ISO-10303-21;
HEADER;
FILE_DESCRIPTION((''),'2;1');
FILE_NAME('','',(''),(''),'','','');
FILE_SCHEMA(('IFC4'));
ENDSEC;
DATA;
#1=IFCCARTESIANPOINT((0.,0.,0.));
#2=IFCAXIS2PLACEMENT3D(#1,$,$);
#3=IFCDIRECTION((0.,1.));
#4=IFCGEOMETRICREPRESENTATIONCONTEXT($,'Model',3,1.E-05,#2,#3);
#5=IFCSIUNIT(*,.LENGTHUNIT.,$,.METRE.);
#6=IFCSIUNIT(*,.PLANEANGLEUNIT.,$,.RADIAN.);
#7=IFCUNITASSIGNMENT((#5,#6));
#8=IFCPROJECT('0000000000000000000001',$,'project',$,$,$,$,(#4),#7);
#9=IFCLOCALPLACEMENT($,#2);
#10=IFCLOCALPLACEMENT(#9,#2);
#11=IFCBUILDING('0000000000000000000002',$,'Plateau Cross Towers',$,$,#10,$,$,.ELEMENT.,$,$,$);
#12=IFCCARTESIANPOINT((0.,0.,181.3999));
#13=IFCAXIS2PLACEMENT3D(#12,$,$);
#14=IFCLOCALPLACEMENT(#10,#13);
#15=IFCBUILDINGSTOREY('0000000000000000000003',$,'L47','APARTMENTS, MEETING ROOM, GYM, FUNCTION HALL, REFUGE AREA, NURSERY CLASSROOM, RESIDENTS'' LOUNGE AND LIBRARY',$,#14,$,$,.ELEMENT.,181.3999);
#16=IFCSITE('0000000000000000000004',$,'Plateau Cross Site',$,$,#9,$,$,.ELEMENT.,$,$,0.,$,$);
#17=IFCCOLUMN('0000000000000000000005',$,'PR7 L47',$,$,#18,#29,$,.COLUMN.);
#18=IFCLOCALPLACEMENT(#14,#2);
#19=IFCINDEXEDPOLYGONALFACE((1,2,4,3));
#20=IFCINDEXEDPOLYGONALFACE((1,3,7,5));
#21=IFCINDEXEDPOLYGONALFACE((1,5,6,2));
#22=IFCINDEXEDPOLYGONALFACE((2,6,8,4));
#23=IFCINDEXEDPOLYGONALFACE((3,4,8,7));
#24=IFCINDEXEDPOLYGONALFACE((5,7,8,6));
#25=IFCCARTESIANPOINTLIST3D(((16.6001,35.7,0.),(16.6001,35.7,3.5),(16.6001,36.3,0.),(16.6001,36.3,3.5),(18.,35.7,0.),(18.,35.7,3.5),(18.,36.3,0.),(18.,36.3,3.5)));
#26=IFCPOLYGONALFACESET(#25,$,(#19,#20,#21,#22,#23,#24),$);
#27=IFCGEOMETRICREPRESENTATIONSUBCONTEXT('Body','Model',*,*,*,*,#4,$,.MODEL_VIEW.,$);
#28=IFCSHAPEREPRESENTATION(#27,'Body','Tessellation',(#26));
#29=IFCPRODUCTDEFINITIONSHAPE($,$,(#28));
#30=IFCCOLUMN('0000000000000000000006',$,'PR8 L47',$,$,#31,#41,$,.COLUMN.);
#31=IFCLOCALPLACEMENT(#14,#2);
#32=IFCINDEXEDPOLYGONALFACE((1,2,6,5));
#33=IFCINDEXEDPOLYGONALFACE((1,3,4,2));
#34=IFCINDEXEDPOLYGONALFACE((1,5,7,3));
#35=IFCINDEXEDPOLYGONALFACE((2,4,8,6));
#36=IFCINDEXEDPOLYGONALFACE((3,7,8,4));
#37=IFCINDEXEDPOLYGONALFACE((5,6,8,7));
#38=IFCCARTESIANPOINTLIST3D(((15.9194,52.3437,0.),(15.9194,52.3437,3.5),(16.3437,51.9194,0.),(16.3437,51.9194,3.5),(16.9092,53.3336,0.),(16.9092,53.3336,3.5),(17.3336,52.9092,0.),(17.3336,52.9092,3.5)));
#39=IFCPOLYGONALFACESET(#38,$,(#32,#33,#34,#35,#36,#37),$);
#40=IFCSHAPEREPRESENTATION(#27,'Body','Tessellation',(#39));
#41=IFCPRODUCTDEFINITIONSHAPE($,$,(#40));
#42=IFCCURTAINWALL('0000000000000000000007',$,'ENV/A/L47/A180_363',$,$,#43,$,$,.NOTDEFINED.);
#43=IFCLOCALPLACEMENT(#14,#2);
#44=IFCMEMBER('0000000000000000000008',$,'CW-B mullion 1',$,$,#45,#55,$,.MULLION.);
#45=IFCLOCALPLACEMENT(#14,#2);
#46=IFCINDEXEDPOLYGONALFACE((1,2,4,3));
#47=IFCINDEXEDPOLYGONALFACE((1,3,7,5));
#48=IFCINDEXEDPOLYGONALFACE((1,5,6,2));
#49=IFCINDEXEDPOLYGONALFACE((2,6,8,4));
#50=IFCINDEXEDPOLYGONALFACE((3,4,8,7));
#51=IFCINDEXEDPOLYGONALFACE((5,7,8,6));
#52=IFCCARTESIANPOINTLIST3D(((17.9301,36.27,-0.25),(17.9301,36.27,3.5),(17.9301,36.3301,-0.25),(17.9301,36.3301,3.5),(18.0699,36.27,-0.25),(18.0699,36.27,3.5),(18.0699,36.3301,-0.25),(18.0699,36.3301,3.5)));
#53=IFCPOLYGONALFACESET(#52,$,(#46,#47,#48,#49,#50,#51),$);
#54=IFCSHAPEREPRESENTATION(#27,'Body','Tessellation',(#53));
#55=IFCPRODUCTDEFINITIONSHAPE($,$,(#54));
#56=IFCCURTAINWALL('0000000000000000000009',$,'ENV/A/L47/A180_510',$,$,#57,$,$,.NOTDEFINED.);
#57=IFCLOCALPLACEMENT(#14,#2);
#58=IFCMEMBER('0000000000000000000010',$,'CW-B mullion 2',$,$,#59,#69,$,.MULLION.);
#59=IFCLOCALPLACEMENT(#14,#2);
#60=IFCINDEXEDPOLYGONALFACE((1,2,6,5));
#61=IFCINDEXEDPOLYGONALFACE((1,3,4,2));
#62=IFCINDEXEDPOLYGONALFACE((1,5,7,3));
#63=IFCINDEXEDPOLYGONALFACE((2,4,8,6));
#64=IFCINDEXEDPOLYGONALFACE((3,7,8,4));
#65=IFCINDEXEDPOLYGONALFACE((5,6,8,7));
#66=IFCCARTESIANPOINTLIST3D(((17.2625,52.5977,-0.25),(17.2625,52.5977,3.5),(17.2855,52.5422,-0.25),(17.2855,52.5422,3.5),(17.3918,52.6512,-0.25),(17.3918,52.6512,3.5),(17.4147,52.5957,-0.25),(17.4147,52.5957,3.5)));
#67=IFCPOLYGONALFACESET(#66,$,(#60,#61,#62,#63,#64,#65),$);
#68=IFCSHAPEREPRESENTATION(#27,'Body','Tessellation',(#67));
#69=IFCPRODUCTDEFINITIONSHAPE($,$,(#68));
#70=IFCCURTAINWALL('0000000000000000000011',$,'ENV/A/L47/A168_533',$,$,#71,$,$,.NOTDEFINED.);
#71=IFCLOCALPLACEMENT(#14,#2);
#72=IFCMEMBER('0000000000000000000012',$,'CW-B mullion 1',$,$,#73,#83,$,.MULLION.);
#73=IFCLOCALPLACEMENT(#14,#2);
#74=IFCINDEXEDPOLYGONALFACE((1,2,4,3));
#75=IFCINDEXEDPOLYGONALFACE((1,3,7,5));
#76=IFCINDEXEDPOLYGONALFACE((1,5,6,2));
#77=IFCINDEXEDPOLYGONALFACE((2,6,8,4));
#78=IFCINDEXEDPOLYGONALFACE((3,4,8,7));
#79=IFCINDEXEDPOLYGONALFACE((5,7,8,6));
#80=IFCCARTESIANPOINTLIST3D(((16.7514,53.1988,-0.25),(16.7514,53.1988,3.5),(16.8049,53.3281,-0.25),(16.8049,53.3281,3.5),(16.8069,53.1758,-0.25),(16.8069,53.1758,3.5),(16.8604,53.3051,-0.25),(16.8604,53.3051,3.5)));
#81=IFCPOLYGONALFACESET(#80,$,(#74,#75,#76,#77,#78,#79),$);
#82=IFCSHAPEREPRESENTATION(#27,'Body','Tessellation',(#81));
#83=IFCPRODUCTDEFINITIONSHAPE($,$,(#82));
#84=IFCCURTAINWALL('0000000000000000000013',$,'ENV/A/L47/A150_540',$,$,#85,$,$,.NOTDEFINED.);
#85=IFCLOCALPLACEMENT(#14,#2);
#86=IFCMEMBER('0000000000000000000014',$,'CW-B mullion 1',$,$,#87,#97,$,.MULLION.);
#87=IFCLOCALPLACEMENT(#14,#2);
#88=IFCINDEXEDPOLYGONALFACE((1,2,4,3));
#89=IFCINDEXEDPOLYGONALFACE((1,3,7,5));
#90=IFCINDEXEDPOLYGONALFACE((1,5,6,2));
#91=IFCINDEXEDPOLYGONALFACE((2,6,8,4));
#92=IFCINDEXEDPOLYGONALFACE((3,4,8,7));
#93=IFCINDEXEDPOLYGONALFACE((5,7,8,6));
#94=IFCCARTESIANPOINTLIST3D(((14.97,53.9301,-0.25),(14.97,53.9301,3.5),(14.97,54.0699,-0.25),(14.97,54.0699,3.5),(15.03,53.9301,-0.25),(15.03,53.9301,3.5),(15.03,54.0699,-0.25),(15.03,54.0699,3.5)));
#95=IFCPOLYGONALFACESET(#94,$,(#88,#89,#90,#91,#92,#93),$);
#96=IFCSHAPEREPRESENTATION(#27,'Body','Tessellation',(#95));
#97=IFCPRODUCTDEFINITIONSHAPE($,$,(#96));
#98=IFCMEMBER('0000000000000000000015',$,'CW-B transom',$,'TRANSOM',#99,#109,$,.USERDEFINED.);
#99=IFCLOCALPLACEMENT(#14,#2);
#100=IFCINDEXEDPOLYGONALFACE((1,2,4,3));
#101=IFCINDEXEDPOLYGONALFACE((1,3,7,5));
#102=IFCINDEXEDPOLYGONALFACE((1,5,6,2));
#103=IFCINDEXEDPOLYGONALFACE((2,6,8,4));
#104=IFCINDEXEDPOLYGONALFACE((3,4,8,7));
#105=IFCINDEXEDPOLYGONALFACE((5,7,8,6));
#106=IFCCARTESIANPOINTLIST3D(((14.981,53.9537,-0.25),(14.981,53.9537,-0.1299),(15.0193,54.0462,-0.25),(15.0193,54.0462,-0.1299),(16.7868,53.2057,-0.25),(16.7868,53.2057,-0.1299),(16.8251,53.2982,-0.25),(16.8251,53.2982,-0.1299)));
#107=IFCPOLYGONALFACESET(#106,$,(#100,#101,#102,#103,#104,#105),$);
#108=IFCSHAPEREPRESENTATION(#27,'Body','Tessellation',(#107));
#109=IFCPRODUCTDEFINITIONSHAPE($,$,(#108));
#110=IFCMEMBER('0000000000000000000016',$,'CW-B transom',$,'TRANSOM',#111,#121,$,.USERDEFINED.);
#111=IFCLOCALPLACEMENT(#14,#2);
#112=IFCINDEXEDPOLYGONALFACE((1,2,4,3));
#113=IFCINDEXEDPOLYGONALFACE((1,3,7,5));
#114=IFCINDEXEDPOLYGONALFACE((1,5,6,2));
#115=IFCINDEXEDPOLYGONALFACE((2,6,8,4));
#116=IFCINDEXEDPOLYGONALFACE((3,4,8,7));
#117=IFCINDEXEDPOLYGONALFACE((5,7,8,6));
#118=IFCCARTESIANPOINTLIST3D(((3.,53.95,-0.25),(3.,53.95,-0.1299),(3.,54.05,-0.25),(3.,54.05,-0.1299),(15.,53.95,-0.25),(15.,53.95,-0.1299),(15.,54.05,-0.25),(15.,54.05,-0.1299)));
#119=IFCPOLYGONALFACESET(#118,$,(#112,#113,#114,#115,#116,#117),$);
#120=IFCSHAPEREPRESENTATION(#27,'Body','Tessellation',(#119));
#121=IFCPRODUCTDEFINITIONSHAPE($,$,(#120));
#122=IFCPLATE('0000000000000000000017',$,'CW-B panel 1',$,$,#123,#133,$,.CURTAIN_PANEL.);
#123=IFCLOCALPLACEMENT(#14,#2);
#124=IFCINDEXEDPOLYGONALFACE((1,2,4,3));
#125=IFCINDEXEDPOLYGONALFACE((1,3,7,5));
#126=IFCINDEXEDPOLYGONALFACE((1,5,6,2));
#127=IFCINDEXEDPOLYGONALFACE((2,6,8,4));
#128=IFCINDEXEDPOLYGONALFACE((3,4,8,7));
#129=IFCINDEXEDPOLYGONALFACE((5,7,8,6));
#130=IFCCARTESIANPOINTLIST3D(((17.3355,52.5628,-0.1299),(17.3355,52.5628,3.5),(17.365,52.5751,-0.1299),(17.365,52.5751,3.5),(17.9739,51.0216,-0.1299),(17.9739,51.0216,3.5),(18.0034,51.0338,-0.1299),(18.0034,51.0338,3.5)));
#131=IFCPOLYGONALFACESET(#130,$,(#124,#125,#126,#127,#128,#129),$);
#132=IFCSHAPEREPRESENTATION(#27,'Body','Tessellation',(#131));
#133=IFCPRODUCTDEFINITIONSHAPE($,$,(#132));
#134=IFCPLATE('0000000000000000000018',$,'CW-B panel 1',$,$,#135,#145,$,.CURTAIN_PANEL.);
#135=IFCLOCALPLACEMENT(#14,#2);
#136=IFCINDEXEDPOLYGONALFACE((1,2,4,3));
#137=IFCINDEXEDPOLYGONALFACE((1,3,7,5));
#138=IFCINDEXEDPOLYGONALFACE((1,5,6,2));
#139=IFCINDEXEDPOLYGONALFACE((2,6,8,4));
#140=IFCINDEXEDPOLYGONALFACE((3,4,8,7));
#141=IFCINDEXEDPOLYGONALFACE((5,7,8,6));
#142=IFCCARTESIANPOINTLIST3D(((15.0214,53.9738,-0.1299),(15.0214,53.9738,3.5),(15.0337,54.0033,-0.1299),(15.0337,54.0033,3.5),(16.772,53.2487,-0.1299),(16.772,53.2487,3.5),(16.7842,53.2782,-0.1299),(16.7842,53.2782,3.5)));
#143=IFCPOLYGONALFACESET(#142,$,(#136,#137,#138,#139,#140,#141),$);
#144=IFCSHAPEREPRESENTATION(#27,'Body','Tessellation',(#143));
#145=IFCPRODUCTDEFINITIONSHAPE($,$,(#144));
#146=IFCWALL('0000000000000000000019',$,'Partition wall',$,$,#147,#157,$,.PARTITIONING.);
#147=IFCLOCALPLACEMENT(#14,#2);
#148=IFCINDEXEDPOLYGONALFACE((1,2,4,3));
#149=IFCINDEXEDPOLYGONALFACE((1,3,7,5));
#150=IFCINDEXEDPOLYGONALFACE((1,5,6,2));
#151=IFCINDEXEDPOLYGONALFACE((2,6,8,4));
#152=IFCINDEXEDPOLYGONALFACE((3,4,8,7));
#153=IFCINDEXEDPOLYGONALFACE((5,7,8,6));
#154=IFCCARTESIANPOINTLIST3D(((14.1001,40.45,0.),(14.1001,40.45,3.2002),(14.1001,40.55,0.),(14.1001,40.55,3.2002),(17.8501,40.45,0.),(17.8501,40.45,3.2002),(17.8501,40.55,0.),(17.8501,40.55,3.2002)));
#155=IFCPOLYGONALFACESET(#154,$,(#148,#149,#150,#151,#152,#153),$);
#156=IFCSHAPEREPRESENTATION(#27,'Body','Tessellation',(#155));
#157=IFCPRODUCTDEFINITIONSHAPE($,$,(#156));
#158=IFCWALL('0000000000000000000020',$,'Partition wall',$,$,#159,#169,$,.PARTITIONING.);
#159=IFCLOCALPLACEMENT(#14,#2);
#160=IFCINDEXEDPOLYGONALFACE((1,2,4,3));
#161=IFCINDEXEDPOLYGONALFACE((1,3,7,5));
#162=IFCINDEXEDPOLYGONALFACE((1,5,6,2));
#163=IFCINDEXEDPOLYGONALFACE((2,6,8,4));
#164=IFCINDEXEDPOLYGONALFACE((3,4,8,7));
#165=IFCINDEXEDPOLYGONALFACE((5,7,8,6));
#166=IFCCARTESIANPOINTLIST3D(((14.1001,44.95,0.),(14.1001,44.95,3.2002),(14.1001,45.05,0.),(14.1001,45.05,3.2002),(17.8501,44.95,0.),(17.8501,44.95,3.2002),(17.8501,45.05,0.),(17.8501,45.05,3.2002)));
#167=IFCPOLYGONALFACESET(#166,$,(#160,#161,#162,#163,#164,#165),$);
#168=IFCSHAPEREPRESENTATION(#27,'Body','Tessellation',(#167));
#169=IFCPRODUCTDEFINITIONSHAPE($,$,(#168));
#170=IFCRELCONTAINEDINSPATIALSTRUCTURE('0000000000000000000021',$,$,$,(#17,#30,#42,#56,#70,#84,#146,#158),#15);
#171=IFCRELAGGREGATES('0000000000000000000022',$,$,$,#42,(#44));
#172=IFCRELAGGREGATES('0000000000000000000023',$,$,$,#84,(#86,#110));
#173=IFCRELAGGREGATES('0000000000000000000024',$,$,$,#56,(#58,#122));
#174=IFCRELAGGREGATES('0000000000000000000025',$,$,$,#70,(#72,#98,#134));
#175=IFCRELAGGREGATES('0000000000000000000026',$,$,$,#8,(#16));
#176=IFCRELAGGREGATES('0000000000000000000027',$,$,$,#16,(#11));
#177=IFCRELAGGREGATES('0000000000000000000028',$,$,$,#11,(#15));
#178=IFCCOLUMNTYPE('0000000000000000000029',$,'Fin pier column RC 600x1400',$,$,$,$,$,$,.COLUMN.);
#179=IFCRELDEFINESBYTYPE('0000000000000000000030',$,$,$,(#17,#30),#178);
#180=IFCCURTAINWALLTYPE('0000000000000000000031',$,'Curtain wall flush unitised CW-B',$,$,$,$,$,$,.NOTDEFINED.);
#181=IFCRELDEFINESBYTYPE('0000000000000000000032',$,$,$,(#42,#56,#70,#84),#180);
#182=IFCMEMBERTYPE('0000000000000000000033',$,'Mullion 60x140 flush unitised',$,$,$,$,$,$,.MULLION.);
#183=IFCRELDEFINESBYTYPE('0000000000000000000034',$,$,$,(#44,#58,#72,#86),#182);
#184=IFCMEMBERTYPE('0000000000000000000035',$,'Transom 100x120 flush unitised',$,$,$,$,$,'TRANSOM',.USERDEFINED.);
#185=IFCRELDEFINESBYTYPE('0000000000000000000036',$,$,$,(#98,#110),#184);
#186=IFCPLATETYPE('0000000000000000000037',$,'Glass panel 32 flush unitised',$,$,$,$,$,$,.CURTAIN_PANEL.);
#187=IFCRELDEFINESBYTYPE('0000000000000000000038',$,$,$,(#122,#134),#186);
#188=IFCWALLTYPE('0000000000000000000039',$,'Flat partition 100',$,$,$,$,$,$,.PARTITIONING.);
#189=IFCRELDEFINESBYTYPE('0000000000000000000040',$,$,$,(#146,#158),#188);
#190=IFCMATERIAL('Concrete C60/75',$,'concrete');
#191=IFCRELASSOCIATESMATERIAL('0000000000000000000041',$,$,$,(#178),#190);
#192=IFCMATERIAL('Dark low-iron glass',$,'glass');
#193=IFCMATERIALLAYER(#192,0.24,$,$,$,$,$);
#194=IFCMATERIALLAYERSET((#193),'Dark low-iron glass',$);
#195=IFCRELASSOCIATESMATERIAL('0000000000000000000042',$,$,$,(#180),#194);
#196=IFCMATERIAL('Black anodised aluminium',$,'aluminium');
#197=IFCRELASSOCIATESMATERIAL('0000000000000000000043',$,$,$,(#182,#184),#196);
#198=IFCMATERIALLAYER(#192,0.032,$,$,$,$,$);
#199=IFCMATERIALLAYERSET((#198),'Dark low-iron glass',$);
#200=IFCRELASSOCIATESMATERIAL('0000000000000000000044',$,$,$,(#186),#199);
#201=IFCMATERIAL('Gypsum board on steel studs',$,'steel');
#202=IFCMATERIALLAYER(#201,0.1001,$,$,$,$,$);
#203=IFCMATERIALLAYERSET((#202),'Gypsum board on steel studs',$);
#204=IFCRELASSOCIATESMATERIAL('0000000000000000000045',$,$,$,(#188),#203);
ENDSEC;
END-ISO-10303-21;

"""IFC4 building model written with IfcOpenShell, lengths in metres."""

from ifc_helpers import new_model, si_unit, direction, frame, frame_2d, origin, origin_2d, place, context, subcontext, project, spatial, rectangle, extrude, material, layer, layer_set, material_profile, profile_set, type_object, element, aggregate, save


model = new_model("IFC4")

# Units and contexts
model_context = context("Model", 3, precision=1e-05, world=origin(), true_north=direction((0.0, 1.0)))
body_context = subcontext(model_context, "Body", "Model", "MODEL_VIEW")
ifc_project = project(units=[si_unit("LENGTHUNIT", "METRE"), si_unit("PLANEANGLEUNIT", "RADIAN")], contexts=[model_context])

# Site, building, storey
site_placement = place(None, origin())
site = spatial("IfcSite", under=ifc_project, at=site_placement, Name="Plateau Cross Site", CompositionType="ELEMENT", RefElevation=0.0)
building_placement = place(site_placement, origin())
building = spatial("IfcBuilding", under=site, at=building_placement, Name="Plateau Cross Towers", CompositionType="ELEMENT")
storey_placement = place(building_placement, frame((0.0, 0.0, 181.3999)))
storey = spatial("IfcBuildingStorey", under=building, at=storey_placement, Name="L47", Description="APARTMENTS, MEETING ROOM, GYM, FUNCTION HALL, REFUGE AREA, NURSERY CLASSROOM, RESIDENTS' LOUNGE AND LIBRARY", CompositionType="ELEMENT", Elevation=181.3999)

# Columns
ifc_material_1 = material(Name="Concrete C60/75", Category="concrete")
ifc_material_profile_1 = material_profile(ifc_material_1, rectangle(XDim=0.6001, YDim=1.3999, at=origin_2d()), Name="RC 600x1400")
ifc_profile_set_1 = profile_set([ifc_material_profile_1], Name="Concrete C60/75")
column_type = type_object("IfcColumnType", Name="Fin pier column RC 600x1400", PredefinedType="COLUMN", material=ifc_profile_set_1)
for number, where, z_axis, x_axis, name in (
    (1, (17.3, 36.0, 0.0), (0.0, 0.0, 1.0), (0.0, 1.0, 0.0), "PR7 L47"),
    (2, (16.6265, 52.6265, 0.0), (0.0, 0.0, 1.0), (-0.707107, 0.707107, 0.0), "PR8 L47"),
):
    element("IfcColumn", number, at=place(storey_placement, frame(where, z_axis=z_axis, x_axis=x_axis)), inside=storey, type_object=column_type, Name=name, PredefinedType="COLUMN", context=body_context, shape_type="SweptSolid", body=[
        extrude(rectangle(XDim=0.6001, YDim=1.3999, at=origin_2d()), origin(), (0.0, 0.0, 1.0), 3.5),
    ])

# Curtain walls, members
ifc_material_2 = material(Name="Dark low-iron glass", Category="glass")
ifc_layer_1 = layer(ifc_material_2, 0.24)
ifc_layer_set_1 = layer_set([ifc_layer_1], Name="Dark low-iron glass")
curtain_wall_type = type_object("IfcCurtainWallType", Name="Curtain wall flush unitised CW-B", PredefinedType="NOTDEFINED", material=ifc_layer_set_1)
curtain_wall_1_placement = place(storey_placement, origin())
curtain_wall_1 = element("IfcCurtainWall", 3, at=curtain_wall_1_placement, inside=storey, type_object=curtain_wall_type, Name="ENV/A/L47/A180_363", PredefinedType="NOTDEFINED")
ifc_material_3 = material(Name="Black anodised aluminium", Category="aluminium")
ifc_material_profile_2 = material_profile(ifc_material_3, rectangle(XDim=0.0601, YDim=0.1399, at=origin_2d()), Name="MULLION 60x140")
ifc_profile_set_2 = profile_set([ifc_material_profile_2], Name="Black anodised aluminium")
member_type_1 = type_object("IfcMemberType", Name="Mullion 60x140 flush unitised", PredefinedType="MULLION", material=ifc_profile_set_2)
member_1_placement = place(storey_placement, frame((18.0, 36.3, -0.25), z_axis=(0.0, 0.0, 1.0), x_axis=(0.0, 1.0, 0.0)))
member_1 = element("IfcMember", 4, at=member_1_placement, type_object=member_type_1, Name="CW-B mullion 1", PredefinedType="MULLION", context=body_context, shape_type="SweptSolid", body=[
    extrude(rectangle(XDim=0.0601, YDim=0.1399, at=origin_2d()), origin(), (0.0, 0.0, 1.0), 3.75),
])
aggregate(curtain_wall_1, [member_1])
curtain_wall_2_placement = place(storey_placement, origin())
curtain_wall_2 = element("IfcCurtainWall", 5, at=curtain_wall_2_placement, inside=storey, type_object=curtain_wall_type, Name="ENV/A/L47/A180_510", PredefinedType="NOTDEFINED")
member_2_placement = place(storey_placement, frame((17.3386, 52.5967, -0.25), z_axis=(0.0, 0.0, 1.0), x_axis=(-0.382684, 0.923879, 0.0)))
member_2 = element("IfcMember", 6, at=member_2_placement, type_object=member_type_1, Name="CW-B mullion 2", PredefinedType="MULLION", context=body_context, shape_type="SweptSolid", body=[
    extrude(rectangle(XDim=0.0601, YDim=0.1399, at=origin_2d()), origin(), (0.0, 0.0, 1.0), 3.75),
])
curtain_wall_3_placement = place(storey_placement, origin())
curtain_wall_3 = element("IfcCurtainWall", 7, at=curtain_wall_3_placement, inside=storey, type_object=curtain_wall_type, Name="ENV/A/L47/A168_533", PredefinedType="NOTDEFINED")
member_3_placement = place(storey_placement, frame((16.8059, 53.252, -0.25), z_axis=(0.0, 0.0, 1.0), x_axis=(-0.923879, 0.382684, 0.0)))
member_3 = element("IfcMember", 8, at=member_3_placement, type_object=member_type_1, Name="CW-B mullion 1", PredefinedType="MULLION", context=body_context, shape_type="SweptSolid", body=[
    extrude(rectangle(XDim=0.0601, YDim=0.1399, at=origin_2d()), origin(), (0.0, 0.0, 1.0), 3.75),
])
curtain_wall_4_placement = place(storey_placement, origin())
curtain_wall_4 = element("IfcCurtainWall", 9, at=curtain_wall_4_placement, inside=storey, type_object=curtain_wall_type, Name="ENV/A/L47/A150_540", PredefinedType="NOTDEFINED")
member_4_placement = place(storey_placement, frame((15.0, 54.0, -0.25), z_axis=(0.0, 0.0, 1.0), x_axis=(-1.0, 0.0, 0.0)))
member_4 = element("IfcMember", 10, at=member_4_placement, type_object=member_type_1, Name="CW-B mullion 1", PredefinedType="MULLION", context=body_context, shape_type="SweptSolid", body=[
    extrude(rectangle(XDim=0.0601, YDim=0.1399, at=origin_2d()), origin(), (0.0, 0.0, 1.0), 3.75),
])

# Members
ifc_material_profile_3 = material_profile(ifc_material_3, rectangle(XDim=0.1001, YDim=0.1201, at=origin_2d()), Name="TRANSOM 100x120")
ifc_profile_set_3 = profile_set([ifc_material_profile_3], Name="Black anodised aluminium")
member_type_2 = type_object("IfcMemberType", Name="Transom 100x120 flush unitised", ElementType="TRANSOM", PredefinedType="USERDEFINED", material=ifc_profile_set_3)
member_5_placement = place(storey_placement, frame((16.8059, 53.252, -0.1899), z_axis=(-0.923877, 0.38269, 0.0), x_axis=(-0.38269, -0.923877, 0.0)))
member_5 = element("IfcMember", 11, at=member_5_placement, type_object=member_type_2, Name="CW-B transom", ObjectType="TRANSOM", PredefinedType="USERDEFINED", context=body_context, shape_type="SweptSolid", body=[
    extrude(rectangle(XDim=0.1001, YDim=0.1201, at=origin_2d()), origin(), (0.0, 0.0, 1.0), 1.9546),
])
member_6_placement = place(storey_placement, frame((15.0, 54.0, -0.1899), z_axis=(-1.0, 0.0, 0.0), x_axis=(0.0, -1.0, 0.0)))
member_6 = element("IfcMember", 12, at=member_6_placement, type_object=member_type_2, Name="CW-B transom", ObjectType="TRANSOM", PredefinedType="USERDEFINED", context=body_context, shape_type="SweptSolid", body=[
    extrude(rectangle(XDim=0.1001, YDim=0.1201, at=origin_2d()), origin(), (0.0, 0.0, 1.0), 12.0),
])
aggregate(curtain_wall_4, [member_4, member_6])

# Plates
ifc_layer_2 = layer(ifc_material_2, 0.032)
ifc_layer_set_2 = layer_set([ifc_layer_2], Name="Dark low-iron glass")
plate_type = type_object("IfcPlateType", Name="Glass panel 32 flush unitised", PredefinedType="CURTAIN_PANEL", material=ifc_layer_set_2)
plate_1_placement = place(storey_placement, frame((17.6694, 51.7983, -0.1299), z_axis=(0.0, 0.0, 1.0), x_axis=(-0.382684, 0.923879, 0.0)))
plate_1 = element("IfcPlate", 13, at=plate_1_placement, type_object=plate_type, Name="CW-B panel 1", PredefinedType="CURTAIN_PANEL", context=body_context, shape_type="SweptSolid", body=[
    extrude(rectangle(XDim=1.6682, YDim=0.032, at=origin_2d()), origin(), (0.0, 0.0, 1.0), 3.6299),
])
aggregate(curtain_wall_2, [member_2, plate_1])
plate_2_placement = place(storey_placement, frame((15.9028, 53.626, -0.1299), z_axis=(0.0, 0.0, 1.0), x_axis=(-0.923879, 0.382684, 0.0)))
plate_2 = element("IfcPlate", 14, at=plate_2_placement, type_object=plate_type, Name="CW-B panel 1", PredefinedType="CURTAIN_PANEL", context=body_context, shape_type="SweptSolid", body=[
    extrude(rectangle(XDim=1.8948, YDim=0.032, at=origin_2d()), origin(), (0.0, 0.0, 1.0), 3.6299),
])
aggregate(curtain_wall_3, [member_3, member_5, plate_2])

# Walls
ifc_material_4 = material(Name="Gypsum board on steel studs", Category="steel")
ifc_layer_3 = layer(ifc_material_4, 0.1001)
ifc_layer_set_3 = layer_set([ifc_layer_3], Name="Gypsum board on steel studs")
wall_type_1 = type_object("IfcWallType", Name="Flat partition 100", PredefinedType="PARTITIONING", material=ifc_layer_set_3)
for number, where, z_axis, x_axis, name in (
    (15, (14.1001, 40.5, 0.0), (0.0, 0.0, 1.0), (1.0, 0.0, 0.0), "Partition wall"),
    (16, (17.8501, 45.0, 0.0), (0.0, 0.0, 1.0), (-1.0, 0.0, 0.0), "Partition wall"),
):
    element("IfcWall", number, at=place(storey_placement, frame(where, z_axis=z_axis, x_axis=x_axis)), inside=storey, type_object=wall_type_1, Name=name, PredefinedType="PARTITIONING", context=body_context, shape_type="SweptSolid", body=[
        extrude(rectangle(XDim=3.75, YDim=0.1001, at=frame_2d((1.875, 0.0))), origin(), (0.0, 0.0, 1.0), 3.2002),
    ])

save(model, "model.ifc")
